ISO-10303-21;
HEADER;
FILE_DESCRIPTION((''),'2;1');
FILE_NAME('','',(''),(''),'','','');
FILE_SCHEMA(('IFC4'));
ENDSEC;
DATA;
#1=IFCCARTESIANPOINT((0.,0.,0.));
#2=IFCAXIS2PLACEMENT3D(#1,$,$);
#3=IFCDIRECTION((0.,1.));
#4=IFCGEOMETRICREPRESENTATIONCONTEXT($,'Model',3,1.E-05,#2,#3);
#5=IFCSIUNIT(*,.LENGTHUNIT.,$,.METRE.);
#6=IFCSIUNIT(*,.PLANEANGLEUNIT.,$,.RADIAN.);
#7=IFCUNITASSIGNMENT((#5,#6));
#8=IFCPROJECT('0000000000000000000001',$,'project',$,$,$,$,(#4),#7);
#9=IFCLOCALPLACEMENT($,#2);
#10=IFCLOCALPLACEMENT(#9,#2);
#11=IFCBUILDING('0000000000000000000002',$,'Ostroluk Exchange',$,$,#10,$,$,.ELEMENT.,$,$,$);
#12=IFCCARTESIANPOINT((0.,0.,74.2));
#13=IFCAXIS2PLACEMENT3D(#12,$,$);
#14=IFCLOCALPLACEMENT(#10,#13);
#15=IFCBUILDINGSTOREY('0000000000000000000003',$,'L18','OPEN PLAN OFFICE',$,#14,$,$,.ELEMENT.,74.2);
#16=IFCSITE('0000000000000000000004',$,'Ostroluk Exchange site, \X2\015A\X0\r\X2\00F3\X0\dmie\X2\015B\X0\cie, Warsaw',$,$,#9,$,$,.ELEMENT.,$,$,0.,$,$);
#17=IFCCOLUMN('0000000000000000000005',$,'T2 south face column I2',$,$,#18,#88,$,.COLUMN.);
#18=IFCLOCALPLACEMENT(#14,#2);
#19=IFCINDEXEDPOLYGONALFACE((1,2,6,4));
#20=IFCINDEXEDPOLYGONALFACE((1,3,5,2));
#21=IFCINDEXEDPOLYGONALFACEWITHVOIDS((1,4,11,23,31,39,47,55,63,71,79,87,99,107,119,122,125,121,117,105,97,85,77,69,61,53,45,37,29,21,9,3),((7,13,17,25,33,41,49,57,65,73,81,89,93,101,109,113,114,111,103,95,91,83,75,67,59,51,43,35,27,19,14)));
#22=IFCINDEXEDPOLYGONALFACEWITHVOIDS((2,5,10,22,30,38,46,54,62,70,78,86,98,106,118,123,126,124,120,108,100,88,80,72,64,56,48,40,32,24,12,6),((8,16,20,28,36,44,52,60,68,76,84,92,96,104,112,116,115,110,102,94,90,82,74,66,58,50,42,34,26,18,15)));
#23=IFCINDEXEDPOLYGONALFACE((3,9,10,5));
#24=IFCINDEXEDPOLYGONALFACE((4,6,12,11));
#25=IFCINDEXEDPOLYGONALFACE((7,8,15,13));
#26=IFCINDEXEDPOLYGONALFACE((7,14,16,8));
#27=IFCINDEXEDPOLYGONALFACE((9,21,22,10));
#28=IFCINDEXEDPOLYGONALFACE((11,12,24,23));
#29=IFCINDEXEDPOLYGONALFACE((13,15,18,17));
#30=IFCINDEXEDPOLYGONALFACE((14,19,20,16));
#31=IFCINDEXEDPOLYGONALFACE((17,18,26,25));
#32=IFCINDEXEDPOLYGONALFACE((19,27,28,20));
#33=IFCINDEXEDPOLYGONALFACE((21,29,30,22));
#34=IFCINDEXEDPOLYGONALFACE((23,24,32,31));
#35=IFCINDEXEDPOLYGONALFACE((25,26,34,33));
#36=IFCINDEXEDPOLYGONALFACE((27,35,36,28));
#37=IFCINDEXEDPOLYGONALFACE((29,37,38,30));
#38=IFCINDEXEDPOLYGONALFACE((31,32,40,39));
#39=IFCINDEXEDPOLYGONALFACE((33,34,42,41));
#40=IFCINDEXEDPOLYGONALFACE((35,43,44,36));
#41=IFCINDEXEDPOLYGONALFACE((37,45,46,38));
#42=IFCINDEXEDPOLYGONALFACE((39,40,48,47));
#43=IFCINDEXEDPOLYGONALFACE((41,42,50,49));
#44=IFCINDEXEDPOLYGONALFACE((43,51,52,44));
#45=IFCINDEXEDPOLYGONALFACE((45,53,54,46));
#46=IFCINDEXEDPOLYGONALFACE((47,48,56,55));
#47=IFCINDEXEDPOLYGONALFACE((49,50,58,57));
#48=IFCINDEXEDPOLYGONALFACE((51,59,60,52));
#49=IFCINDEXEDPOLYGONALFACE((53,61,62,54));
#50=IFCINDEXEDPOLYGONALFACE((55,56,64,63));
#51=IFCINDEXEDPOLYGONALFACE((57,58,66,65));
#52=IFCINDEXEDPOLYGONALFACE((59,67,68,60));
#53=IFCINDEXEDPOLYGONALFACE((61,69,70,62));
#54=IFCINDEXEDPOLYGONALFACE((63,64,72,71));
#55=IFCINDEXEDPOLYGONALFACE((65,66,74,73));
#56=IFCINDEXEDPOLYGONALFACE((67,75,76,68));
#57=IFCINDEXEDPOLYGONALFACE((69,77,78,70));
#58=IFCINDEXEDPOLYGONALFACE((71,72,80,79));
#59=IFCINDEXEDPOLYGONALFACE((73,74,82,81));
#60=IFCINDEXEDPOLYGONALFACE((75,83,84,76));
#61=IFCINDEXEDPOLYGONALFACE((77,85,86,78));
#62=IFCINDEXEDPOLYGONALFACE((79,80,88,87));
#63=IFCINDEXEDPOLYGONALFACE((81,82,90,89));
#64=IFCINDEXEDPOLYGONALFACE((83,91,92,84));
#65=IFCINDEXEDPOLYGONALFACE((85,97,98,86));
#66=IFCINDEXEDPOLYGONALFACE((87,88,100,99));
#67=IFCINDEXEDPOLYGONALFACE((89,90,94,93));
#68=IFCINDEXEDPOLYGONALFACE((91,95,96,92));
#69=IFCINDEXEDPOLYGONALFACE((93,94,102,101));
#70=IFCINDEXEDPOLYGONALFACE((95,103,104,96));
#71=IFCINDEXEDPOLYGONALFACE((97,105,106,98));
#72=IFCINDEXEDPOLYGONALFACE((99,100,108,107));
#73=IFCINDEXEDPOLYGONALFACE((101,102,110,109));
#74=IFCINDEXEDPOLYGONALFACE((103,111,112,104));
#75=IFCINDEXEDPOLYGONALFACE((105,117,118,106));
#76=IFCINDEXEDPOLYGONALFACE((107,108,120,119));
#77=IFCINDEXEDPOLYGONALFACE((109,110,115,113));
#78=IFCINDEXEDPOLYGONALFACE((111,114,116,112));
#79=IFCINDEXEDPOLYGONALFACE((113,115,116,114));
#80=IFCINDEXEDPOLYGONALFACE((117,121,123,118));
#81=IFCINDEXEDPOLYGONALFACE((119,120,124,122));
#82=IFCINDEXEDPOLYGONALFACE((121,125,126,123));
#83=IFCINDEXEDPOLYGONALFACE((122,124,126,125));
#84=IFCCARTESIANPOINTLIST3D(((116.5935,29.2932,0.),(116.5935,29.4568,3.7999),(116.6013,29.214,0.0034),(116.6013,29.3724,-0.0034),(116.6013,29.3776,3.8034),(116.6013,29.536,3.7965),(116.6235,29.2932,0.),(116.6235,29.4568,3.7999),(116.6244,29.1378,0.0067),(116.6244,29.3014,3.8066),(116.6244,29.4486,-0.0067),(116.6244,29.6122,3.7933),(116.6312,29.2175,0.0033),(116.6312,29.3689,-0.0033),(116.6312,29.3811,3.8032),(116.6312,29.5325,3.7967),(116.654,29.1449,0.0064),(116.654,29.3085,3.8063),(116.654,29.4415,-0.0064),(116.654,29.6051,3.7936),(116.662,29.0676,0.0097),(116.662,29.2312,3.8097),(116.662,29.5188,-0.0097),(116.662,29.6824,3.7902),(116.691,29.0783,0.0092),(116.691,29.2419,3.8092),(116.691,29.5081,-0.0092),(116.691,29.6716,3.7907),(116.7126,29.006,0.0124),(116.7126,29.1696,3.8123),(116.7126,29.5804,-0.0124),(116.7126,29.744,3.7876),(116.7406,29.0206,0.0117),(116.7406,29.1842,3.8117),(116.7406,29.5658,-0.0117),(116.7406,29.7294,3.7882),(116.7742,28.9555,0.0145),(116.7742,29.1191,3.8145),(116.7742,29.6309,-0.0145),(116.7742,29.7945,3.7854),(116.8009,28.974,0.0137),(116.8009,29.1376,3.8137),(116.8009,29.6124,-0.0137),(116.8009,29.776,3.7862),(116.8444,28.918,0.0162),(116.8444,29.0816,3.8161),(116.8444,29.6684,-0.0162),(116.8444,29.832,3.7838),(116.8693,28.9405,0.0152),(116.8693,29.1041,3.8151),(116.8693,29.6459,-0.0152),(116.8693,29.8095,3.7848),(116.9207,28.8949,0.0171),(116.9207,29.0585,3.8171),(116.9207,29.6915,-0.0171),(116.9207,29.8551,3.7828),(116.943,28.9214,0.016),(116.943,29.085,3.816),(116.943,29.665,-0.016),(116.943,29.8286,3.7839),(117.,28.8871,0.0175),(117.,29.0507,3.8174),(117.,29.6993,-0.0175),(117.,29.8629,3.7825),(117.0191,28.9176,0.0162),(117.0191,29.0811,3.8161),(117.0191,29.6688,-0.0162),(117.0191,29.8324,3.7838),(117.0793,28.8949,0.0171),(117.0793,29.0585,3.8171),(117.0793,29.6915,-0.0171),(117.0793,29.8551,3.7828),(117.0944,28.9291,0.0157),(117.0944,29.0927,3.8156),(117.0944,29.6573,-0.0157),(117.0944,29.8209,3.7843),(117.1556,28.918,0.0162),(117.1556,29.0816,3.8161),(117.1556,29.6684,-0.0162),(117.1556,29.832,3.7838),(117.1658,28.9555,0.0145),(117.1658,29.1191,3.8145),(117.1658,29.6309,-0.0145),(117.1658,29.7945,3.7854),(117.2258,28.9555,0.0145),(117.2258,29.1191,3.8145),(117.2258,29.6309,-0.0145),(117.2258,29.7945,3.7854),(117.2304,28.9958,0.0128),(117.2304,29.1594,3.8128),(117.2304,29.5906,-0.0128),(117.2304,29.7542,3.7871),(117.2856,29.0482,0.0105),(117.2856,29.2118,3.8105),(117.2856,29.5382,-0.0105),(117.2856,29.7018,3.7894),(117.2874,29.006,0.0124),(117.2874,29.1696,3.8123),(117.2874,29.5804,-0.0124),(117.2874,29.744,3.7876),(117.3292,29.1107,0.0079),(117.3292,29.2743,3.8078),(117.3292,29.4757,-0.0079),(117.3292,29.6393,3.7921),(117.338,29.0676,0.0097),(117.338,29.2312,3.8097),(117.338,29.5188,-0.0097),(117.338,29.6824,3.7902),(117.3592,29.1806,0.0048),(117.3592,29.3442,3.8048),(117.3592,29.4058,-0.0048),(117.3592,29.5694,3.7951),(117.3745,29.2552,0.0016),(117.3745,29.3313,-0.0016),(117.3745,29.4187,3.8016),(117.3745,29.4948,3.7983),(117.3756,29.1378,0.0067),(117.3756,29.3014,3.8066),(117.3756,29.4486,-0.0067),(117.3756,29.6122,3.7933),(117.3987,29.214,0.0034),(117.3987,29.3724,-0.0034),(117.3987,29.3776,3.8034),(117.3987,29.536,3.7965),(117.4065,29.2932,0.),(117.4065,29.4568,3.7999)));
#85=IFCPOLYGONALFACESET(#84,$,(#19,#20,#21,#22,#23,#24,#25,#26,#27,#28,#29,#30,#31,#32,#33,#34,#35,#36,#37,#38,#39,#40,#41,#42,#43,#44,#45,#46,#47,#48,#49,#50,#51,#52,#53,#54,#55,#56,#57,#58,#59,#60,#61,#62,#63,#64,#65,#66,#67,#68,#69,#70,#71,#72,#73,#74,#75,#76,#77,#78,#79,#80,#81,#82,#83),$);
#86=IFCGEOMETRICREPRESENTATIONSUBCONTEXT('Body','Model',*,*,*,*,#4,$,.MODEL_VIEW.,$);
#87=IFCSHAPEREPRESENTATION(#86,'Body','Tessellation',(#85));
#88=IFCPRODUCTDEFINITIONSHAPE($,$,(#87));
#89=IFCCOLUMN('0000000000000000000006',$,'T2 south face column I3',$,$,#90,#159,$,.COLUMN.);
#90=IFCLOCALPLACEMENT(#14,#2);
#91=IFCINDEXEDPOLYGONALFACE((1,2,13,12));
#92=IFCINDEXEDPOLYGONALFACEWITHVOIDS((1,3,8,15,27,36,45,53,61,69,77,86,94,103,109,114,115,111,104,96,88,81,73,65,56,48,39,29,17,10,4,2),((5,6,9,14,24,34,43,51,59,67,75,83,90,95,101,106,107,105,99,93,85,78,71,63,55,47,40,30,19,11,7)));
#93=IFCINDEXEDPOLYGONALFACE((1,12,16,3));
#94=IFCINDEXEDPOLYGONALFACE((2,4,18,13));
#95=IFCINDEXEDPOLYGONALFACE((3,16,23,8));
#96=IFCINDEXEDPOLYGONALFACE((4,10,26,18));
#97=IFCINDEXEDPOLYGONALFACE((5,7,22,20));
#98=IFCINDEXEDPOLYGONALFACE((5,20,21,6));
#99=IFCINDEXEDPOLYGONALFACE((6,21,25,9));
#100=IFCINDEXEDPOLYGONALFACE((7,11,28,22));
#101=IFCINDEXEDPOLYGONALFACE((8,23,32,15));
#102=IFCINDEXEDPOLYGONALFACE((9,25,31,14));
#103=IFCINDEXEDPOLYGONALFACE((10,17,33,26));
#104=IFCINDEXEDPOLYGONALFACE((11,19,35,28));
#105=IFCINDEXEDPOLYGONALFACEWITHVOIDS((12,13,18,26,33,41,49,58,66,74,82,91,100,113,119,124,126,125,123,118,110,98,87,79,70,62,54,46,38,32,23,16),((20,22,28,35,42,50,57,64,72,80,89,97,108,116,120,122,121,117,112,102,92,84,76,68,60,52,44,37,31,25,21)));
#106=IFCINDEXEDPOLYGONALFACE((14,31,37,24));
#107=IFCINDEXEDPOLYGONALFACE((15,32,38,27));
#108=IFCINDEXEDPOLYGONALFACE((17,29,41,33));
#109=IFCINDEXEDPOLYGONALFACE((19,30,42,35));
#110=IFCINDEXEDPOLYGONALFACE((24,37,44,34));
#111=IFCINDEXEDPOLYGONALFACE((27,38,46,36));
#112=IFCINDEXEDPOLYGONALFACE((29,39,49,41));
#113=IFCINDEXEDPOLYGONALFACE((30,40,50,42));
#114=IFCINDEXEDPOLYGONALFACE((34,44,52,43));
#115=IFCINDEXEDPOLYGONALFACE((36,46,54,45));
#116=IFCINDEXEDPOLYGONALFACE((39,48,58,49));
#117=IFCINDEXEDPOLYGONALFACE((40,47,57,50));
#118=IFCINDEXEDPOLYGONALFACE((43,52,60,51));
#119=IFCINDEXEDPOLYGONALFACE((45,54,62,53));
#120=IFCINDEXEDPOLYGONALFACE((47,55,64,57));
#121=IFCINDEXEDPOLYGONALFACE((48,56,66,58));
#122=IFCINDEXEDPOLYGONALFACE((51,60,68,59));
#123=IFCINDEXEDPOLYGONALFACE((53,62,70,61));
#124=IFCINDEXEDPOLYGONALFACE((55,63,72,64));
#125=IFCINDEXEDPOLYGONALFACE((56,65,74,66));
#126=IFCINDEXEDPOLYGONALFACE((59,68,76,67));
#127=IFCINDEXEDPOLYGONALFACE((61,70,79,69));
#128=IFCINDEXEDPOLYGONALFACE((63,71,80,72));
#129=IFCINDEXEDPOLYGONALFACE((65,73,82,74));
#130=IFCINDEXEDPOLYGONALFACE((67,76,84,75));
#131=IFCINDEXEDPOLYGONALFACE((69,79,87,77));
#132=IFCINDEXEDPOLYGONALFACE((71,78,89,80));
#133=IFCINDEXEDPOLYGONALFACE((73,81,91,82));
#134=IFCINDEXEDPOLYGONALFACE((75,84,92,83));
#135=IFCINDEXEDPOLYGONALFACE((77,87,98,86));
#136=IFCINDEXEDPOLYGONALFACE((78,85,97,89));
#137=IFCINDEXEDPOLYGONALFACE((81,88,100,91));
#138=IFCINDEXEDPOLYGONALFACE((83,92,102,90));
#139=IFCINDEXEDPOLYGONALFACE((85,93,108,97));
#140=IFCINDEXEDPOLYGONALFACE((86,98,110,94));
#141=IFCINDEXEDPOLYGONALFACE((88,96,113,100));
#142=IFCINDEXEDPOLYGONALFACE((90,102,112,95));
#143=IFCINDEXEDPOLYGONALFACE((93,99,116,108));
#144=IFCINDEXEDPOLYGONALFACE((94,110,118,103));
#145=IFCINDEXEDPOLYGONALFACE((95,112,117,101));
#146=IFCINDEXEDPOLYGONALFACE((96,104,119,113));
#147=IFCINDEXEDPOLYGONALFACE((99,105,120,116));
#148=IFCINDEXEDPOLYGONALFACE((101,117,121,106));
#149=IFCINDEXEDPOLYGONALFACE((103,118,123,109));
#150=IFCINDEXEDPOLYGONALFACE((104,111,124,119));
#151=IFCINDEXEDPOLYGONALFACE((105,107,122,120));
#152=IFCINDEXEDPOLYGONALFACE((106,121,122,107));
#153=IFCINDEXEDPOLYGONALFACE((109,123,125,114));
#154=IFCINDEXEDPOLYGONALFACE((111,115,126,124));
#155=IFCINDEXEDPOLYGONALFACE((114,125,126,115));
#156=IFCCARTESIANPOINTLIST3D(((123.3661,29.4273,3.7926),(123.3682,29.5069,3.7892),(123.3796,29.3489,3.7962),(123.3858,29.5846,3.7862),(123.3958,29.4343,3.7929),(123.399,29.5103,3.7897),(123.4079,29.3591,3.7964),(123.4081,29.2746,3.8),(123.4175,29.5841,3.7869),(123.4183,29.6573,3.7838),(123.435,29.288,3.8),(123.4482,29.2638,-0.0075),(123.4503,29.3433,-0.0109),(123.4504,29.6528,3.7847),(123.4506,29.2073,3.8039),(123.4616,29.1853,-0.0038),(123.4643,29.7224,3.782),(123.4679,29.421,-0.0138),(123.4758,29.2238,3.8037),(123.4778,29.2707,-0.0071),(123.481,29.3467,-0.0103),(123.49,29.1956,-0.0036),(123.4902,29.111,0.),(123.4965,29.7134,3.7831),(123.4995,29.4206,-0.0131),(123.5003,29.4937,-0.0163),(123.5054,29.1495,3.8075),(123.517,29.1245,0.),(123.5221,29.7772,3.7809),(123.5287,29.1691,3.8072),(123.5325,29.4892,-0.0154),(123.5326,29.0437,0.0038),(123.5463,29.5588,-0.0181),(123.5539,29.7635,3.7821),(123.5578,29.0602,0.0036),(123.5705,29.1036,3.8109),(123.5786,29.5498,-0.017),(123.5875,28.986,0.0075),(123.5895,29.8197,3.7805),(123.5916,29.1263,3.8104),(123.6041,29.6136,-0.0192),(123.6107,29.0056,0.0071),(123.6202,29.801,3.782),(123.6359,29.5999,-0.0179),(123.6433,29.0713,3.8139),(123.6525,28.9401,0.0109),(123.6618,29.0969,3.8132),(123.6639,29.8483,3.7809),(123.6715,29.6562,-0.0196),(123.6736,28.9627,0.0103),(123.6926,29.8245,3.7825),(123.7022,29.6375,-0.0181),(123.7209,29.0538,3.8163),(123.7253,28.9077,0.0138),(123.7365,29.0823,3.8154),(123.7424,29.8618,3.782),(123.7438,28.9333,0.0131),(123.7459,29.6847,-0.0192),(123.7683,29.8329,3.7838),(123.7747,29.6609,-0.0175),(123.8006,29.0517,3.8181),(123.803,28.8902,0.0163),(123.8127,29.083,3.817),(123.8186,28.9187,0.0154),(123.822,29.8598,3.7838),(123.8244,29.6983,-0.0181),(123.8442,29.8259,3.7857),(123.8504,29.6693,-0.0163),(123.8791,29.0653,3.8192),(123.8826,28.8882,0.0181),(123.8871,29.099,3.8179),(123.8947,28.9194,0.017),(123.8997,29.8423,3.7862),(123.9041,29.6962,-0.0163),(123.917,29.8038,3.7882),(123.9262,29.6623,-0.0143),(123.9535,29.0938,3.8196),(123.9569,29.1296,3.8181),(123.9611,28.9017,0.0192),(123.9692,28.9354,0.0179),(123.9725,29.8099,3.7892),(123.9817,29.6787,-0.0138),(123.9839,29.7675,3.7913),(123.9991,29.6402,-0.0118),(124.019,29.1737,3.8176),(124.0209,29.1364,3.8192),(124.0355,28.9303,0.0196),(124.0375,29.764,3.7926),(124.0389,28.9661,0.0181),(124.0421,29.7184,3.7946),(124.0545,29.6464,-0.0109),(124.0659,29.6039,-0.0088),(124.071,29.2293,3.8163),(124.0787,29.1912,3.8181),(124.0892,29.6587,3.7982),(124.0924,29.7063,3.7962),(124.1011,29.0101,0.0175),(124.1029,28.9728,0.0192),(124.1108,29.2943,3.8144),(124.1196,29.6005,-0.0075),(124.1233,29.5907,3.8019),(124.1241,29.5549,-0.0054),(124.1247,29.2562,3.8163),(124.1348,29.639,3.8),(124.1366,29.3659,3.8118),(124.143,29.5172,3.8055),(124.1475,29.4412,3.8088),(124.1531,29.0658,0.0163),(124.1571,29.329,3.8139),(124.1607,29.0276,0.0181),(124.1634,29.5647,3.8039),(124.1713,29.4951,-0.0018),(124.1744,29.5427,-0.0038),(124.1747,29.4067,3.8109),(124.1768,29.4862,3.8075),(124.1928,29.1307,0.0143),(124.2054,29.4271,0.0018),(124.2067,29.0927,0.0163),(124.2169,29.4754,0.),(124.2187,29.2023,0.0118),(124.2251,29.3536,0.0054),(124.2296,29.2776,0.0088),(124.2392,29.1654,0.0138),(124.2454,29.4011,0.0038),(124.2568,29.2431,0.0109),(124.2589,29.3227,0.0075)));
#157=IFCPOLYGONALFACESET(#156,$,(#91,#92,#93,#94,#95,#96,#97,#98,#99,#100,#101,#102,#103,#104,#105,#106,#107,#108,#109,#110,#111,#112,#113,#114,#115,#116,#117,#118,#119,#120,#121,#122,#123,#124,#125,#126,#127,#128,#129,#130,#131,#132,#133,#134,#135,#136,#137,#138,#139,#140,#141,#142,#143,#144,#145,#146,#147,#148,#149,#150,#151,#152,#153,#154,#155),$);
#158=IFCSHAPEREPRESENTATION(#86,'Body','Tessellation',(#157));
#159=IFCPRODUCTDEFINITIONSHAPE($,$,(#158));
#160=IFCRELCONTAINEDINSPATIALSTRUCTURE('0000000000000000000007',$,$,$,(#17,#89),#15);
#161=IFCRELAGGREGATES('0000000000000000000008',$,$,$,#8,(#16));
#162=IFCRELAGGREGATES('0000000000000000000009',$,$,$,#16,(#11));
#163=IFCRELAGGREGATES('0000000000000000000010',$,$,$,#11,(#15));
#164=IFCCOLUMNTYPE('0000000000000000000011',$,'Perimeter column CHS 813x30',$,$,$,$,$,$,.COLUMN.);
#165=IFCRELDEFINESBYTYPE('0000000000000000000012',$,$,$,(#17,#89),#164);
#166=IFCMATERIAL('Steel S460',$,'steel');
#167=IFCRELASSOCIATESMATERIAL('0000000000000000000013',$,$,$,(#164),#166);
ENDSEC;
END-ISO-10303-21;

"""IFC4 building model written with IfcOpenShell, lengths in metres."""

from ifc_helpers import new_model, si_unit, direction, frame, origin, origin_2d, place, context, subcontext, project, spatial, hollow_circle, extrude, material, material_profile, profile_set, type_object, element, save


model = new_model("IFC4")

# Units and contexts
model_context = context("Model", 3, precision=1e-05, world=origin(), true_north=direction((0.0, 1.0)))
body_context = subcontext(model_context, "Body", "Model", "MODEL_VIEW")
ifc_project = project(units=[si_unit("LENGTHUNIT", "METRE"), si_unit("PLANEANGLEUNIT", "RADIAN")], contexts=[model_context])

# Site, building, storey
site_placement = place(None, origin())
site = spatial("IfcSite", under=ifc_project, at=site_placement, Name="Ostroluk Exchange site, Śródmieście, Warsaw", CompositionType="ELEMENT", RefElevation=0.0)
building_placement = place(site_placement, origin())
building = spatial("IfcBuilding", under=site, at=building_placement, Name="Ostroluk Exchange", CompositionType="ELEMENT")
storey_placement = place(building_placement, frame((0.0, 0.0, 74.2)))
storey = spatial("IfcBuildingStorey", under=building, at=storey_placement, Name="L18", Description="OPEN PLAN OFFICE", CompositionType="ELEMENT", Elevation=74.2)

# Columns
ifc_material_1 = material(Name="Steel S460", Category="steel")
ifc_material_profile_1 = material_profile(ifc_material_1, hollow_circle(Radius=0.4065, WallThickness=0.03, at=origin_2d()), Name="CHS 813x30")
ifc_profile_set_1 = profile_set([ifc_material_profile_1], Name="Steel S460")
column_type = type_object("IfcColumnType", Name="Perimeter column CHS 813x30", PredefinedType="COLUMN", material=ifc_profile_set_1)
column_1_placement = place(storey_placement, frame((117.0, 29.2932, 0.0), z_axis=(0.0, 0.043005, 0.999075), x_axis=(-1.0, 0.0, 0.0)))
element("IfcColumn", 1, at=column_1_placement, inside=storey, type_object=column_type, Name="T2 south face column I2", PredefinedType="COLUMN", context=body_context, shape_type="SweptSolid", body=[
    extrude(hollow_circle(Radius=0.4065, WallThickness=0.03, at=origin_2d()), origin(), (0.0, 0.0, 1.0), 3.8035),
])
column_2_placement = place(storey_placement, frame((123.8535, 29.2932, 0.0), z_axis=(-0.021562, 0.042995, 0.998843), x_axis=(-0.893893, -0.448281, 0.0)))
element("IfcColumn", 2, at=column_2_placement, inside=storey, type_object=column_type, Name="T2 south face column I3", PredefinedType="COLUMN", context=body_context, shape_type="SweptSolid", body=[
    extrude(hollow_circle(Radius=0.4065, WallThickness=0.03, at=origin_2d()), origin(), (0.0, 0.0, 1.0), 3.8044),
])

save(model, "model.ifc")
